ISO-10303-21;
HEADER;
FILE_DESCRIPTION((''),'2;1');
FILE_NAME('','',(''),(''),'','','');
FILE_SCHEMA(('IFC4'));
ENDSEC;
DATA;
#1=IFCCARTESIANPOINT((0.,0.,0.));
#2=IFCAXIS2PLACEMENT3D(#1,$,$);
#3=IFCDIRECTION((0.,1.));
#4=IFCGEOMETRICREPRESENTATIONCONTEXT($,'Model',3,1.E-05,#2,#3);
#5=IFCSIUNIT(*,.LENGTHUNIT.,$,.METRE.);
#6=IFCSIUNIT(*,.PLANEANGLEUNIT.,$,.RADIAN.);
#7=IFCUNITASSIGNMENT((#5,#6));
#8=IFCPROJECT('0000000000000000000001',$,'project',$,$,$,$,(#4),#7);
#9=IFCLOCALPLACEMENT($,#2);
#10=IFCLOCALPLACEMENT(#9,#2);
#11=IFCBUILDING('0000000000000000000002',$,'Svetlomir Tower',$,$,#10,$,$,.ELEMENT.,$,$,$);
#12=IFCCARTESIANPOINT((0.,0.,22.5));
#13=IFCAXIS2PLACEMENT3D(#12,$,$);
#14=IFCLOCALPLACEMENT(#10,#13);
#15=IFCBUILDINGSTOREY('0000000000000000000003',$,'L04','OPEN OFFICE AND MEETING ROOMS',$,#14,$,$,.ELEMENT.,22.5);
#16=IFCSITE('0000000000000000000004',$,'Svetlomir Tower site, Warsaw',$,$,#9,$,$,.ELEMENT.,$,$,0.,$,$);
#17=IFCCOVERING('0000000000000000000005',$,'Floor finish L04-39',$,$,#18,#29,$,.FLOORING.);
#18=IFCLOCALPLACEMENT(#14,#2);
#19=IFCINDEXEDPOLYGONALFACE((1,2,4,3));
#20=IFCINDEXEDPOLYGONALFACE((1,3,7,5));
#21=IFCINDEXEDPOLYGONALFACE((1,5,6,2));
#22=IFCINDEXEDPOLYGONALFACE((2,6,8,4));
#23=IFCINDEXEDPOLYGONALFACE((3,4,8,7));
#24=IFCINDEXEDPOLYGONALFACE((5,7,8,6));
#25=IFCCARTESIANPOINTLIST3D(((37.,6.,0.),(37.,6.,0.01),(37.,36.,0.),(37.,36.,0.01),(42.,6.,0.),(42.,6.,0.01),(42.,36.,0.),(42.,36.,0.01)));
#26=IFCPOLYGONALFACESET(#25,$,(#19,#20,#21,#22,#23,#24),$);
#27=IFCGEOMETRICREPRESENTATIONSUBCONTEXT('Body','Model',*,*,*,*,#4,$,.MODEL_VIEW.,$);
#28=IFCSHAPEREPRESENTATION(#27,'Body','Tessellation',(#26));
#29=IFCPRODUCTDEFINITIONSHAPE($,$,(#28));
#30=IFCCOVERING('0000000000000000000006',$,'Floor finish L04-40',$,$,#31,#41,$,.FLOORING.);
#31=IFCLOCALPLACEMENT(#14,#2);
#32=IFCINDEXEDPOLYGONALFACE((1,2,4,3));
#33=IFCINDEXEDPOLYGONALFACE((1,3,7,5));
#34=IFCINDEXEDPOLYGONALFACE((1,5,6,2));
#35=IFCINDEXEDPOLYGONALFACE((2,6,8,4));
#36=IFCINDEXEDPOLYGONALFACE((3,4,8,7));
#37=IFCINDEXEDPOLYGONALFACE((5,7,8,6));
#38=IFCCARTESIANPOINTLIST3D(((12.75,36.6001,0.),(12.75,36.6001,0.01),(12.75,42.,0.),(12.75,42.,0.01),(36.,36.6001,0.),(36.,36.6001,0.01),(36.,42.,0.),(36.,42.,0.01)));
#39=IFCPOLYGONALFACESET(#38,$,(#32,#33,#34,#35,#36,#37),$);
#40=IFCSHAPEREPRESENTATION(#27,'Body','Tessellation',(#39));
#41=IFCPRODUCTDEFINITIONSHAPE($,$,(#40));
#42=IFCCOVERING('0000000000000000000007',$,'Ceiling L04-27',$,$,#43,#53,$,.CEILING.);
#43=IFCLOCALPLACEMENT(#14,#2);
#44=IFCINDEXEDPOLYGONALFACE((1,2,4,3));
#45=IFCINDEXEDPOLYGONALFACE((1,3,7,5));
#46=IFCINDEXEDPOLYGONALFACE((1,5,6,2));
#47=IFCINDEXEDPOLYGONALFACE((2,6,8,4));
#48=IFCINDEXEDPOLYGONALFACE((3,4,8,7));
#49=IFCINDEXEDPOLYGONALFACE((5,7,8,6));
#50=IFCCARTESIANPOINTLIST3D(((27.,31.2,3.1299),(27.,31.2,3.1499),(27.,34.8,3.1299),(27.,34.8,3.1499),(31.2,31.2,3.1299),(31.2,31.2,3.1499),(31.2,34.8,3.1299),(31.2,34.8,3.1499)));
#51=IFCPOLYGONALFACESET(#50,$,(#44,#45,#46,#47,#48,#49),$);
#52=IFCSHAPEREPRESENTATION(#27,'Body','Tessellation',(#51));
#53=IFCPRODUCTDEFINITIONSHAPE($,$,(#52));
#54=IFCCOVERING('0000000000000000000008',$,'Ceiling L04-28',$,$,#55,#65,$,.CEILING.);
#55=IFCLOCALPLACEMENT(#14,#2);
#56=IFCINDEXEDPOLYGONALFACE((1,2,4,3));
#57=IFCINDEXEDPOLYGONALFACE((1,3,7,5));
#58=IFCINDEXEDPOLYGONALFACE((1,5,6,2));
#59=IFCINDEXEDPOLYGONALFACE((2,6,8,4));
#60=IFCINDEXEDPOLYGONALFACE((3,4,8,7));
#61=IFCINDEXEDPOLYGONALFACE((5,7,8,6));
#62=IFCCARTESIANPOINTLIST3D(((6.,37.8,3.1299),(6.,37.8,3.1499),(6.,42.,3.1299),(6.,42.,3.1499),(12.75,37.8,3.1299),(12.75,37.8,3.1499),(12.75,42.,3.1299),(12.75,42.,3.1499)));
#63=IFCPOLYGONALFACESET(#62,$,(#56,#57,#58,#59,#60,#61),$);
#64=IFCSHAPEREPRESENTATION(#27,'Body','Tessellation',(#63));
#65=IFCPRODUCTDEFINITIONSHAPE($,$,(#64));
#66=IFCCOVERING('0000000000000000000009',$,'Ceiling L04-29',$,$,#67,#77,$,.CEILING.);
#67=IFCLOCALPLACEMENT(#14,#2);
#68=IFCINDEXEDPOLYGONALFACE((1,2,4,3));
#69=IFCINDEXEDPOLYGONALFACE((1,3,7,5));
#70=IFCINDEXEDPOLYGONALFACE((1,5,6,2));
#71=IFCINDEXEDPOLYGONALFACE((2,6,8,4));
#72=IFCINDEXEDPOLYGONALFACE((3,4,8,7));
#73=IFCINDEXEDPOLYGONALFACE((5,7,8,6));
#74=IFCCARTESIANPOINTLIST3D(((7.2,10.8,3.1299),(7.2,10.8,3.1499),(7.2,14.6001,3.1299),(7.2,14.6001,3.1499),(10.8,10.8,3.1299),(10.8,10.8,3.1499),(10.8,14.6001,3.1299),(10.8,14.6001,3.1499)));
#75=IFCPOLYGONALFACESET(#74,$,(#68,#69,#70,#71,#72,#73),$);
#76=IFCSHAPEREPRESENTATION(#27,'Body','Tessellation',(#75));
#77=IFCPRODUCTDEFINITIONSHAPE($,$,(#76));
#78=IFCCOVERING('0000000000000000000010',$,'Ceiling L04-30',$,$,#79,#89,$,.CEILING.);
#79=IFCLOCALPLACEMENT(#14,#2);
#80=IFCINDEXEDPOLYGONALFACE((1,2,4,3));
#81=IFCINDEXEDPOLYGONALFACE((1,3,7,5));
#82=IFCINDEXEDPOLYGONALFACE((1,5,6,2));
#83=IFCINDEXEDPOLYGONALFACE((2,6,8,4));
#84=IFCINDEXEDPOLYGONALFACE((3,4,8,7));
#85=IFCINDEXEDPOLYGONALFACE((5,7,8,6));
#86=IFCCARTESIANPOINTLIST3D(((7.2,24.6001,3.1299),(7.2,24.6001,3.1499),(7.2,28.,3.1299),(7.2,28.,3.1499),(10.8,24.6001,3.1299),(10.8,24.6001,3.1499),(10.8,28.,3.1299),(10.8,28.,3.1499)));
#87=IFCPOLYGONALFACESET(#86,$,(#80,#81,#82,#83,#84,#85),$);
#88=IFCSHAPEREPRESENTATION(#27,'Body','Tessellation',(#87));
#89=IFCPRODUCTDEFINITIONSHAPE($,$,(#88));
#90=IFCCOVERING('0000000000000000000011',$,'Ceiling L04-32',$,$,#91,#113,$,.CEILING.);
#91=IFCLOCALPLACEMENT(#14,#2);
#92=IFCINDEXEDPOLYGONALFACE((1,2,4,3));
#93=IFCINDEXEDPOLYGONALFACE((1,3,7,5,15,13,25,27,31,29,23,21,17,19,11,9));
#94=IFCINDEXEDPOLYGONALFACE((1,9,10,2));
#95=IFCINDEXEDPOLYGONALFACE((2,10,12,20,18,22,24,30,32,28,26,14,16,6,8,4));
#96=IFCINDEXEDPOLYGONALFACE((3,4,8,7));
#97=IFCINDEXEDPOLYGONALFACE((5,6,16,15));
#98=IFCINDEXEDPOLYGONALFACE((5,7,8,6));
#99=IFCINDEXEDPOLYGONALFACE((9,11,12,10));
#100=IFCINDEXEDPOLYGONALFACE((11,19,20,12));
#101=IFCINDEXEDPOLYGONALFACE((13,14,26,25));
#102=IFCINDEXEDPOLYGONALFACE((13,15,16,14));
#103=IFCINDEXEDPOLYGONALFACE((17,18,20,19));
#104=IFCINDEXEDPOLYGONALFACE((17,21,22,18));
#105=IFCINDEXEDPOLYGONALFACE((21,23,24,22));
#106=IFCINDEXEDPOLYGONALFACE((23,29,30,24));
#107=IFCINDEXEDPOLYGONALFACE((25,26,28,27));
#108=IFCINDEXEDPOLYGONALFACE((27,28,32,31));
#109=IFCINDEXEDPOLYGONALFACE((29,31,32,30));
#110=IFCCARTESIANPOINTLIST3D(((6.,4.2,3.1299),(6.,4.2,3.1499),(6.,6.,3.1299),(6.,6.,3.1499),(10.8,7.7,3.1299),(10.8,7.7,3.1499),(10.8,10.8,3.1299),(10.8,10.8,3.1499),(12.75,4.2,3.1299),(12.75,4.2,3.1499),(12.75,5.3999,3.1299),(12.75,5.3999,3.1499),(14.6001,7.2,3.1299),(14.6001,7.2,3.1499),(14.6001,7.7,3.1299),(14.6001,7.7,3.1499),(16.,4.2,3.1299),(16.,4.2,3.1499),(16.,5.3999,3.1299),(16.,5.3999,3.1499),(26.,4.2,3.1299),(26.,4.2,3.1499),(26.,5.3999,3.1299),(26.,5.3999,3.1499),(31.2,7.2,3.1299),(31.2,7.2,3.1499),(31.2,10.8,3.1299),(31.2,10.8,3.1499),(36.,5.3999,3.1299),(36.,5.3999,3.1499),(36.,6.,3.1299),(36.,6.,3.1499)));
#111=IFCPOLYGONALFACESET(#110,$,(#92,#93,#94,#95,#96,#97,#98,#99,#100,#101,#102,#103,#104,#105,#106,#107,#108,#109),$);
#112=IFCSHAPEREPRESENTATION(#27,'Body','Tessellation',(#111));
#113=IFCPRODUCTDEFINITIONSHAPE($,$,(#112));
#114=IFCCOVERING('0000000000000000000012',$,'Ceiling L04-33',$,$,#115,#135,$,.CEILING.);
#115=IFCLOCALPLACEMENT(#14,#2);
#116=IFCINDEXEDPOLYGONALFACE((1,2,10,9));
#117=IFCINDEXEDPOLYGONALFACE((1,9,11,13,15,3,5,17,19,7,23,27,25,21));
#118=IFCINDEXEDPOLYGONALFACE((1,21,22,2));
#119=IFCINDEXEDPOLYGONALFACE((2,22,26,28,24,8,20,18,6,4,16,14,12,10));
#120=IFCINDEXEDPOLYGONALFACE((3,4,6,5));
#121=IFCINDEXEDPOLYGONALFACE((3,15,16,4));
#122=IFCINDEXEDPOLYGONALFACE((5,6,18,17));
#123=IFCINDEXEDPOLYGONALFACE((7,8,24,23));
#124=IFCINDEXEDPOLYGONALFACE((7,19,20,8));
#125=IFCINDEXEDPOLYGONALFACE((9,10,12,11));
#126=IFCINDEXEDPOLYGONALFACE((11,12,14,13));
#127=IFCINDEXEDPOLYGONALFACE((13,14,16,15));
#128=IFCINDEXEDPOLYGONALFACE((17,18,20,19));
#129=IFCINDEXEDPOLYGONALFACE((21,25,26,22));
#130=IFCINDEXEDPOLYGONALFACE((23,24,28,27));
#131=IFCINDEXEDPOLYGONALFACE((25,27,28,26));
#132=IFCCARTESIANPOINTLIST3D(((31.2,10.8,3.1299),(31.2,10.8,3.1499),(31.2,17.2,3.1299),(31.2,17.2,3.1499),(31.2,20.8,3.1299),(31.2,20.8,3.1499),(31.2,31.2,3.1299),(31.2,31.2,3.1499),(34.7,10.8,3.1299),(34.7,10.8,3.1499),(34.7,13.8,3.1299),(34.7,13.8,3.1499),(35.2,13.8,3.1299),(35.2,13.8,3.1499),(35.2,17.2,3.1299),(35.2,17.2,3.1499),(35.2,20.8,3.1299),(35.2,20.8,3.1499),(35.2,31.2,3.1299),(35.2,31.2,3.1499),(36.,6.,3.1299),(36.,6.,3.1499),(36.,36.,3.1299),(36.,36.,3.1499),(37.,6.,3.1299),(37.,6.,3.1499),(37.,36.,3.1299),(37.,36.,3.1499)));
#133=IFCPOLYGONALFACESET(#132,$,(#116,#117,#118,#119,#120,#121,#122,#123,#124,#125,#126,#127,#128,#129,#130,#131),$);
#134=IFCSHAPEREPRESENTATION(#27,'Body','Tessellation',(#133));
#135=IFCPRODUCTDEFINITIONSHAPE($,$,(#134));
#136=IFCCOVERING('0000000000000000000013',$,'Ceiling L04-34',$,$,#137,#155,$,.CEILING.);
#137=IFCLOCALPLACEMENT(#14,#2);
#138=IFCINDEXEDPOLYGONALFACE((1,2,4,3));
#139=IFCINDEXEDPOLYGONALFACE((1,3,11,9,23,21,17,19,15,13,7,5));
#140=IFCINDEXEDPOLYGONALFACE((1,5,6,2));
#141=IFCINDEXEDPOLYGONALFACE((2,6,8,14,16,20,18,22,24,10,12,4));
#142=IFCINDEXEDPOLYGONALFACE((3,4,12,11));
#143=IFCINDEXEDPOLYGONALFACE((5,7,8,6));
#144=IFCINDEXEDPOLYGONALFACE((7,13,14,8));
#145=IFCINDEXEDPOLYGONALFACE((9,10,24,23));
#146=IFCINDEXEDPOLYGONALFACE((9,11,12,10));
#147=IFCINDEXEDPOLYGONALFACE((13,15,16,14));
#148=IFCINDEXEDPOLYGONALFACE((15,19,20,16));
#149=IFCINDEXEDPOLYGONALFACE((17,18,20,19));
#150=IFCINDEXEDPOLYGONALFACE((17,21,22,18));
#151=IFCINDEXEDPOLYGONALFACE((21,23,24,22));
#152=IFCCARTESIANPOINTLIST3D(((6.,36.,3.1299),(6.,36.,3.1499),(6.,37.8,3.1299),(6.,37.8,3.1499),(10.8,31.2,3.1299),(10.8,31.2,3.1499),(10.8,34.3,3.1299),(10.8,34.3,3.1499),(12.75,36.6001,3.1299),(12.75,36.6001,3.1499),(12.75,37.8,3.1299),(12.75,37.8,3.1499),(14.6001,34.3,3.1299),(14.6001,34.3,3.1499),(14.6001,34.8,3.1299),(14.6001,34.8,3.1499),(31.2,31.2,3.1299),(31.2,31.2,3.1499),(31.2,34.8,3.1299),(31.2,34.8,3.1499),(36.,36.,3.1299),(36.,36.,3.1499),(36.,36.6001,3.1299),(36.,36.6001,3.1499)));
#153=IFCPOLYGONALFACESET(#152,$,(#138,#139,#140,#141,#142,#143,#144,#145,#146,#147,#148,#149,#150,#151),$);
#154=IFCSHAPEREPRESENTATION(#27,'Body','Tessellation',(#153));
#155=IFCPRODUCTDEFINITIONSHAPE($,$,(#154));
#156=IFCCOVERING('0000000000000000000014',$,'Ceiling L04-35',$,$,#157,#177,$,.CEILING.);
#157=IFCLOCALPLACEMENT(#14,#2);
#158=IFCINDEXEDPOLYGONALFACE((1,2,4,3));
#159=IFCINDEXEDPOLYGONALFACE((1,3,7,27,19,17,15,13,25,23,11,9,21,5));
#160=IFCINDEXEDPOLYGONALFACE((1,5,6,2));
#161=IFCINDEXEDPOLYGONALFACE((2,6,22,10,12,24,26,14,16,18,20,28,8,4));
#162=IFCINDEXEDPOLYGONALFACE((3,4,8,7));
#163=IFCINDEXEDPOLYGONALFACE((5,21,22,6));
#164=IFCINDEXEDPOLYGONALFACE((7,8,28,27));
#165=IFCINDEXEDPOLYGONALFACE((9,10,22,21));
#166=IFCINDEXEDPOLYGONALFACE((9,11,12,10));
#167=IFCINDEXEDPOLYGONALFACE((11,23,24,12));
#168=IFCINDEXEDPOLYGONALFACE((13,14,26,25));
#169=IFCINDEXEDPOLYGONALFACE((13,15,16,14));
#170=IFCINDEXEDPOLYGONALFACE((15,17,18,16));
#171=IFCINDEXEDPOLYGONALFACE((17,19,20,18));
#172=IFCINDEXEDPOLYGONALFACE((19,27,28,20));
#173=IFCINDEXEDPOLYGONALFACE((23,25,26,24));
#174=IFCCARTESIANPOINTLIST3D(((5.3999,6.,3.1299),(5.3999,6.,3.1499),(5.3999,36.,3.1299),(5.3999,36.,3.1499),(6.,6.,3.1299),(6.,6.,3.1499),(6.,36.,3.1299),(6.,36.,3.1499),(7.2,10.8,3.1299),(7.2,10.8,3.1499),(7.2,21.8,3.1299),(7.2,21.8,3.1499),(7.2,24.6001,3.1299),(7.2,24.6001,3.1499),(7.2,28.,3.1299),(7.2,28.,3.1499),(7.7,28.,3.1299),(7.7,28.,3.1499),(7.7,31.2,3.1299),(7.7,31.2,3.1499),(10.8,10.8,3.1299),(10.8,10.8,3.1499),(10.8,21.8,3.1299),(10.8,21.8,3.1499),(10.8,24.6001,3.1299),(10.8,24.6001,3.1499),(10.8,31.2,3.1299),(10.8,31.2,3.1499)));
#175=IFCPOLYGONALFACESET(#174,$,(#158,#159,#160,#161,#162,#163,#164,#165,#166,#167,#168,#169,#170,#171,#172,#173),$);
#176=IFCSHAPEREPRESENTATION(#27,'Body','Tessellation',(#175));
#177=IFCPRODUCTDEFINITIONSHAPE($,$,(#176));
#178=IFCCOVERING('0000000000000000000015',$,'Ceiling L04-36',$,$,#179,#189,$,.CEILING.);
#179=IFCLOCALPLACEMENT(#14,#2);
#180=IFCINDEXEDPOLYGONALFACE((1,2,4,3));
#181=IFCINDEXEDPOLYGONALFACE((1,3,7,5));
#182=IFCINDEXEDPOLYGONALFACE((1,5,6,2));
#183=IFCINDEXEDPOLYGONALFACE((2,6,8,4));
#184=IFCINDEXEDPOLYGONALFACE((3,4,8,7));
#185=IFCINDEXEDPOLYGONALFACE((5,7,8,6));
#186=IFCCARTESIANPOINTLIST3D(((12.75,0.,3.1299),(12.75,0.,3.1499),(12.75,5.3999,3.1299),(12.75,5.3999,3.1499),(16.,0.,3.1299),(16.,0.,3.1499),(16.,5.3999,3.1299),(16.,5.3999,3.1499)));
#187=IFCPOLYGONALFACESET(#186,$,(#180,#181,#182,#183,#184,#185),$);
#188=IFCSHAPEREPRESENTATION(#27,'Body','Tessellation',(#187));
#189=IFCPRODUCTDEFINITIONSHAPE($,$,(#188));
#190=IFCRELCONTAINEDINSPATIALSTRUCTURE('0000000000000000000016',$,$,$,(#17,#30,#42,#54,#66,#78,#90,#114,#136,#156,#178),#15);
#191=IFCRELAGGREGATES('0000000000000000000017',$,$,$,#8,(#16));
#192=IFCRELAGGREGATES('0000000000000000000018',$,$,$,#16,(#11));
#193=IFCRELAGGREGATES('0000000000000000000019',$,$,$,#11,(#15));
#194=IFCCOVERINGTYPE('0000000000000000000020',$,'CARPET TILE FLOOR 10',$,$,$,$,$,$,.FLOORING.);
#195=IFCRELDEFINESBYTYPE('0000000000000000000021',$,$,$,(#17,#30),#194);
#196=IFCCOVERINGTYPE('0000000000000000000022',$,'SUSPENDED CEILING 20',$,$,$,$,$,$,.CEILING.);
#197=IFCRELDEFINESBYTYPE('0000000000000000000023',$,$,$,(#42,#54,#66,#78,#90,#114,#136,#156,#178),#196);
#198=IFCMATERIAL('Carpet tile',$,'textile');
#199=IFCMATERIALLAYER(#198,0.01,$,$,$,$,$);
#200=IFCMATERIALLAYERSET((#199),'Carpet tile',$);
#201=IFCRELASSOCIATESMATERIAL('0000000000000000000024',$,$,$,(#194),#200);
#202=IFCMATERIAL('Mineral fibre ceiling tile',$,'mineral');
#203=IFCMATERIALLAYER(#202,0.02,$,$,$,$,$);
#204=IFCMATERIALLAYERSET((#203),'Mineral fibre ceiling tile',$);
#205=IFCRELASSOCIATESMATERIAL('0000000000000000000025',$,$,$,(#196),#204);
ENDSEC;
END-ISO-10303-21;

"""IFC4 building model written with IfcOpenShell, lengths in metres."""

from ifc_helpers import new_model, si_unit, direction, frame, origin, place, context, subcontext, project, spatial, polyline, outline, extrude, material, layer, layer_set, type_object, element, save


model = new_model("IFC4")

# Units and contexts
model_context = context("Model", 3, precision=1e-05, world=origin(), true_north=direction((0.0, 1.0)))
body_context = subcontext(model_context, "Body", "Model", "MODEL_VIEW")
ifc_project = project(units=[si_unit("LENGTHUNIT", "METRE"), si_unit("PLANEANGLEUNIT", "RADIAN")], contexts=[model_context])

# Site, building, storey
site_placement = place(None, origin())
site = spatial("IfcSite", under=ifc_project, at=site_placement, Name="Svetlomir Tower site, Warsaw", CompositionType="ELEMENT", RefElevation=0.0)
building_placement = place(site_placement, origin())
building = spatial("IfcBuilding", under=site, at=building_placement, Name="Svetlomir Tower", CompositionType="ELEMENT")
storey_placement = place(building_placement, frame((0.0, 0.0, 22.5)))
storey = spatial("IfcBuildingStorey", under=building, at=storey_placement, Name="L04", Description="OPEN OFFICE AND MEETING ROOMS", CompositionType="ELEMENT", Elevation=22.5)

# Coverings
ifc_material_1 = material(Name="Carpet tile", Category="textile")
ifc_layer_1 = layer(ifc_material_1, 0.01)
ifc_layer_set_1 = layer_set([ifc_layer_1], Name="Carpet tile")
covering_type_1 = type_object("IfcCoveringType", Name="CARPET TILE FLOOR 10", PredefinedType="FLOORING", material=ifc_layer_set_1)
covering_1_placement = place(storey_placement, origin())
element("IfcCovering", 1, at=covering_1_placement, inside=storey, type_object=covering_type_1, Name="Floor finish L04-39", PredefinedType="FLOORING", context=body_context, shape_type="SweptSolid", body=[
    extrude(outline(polyline([(42.0, 6.0), (37.0, 6.0), (37.0, 36.0), (42.0, 36.0), (42.0, 6.0)])), origin(), (0.0, 0.0, 1.0), 0.01),
])
covering_2_placement = place(storey_placement, origin())
element("IfcCovering", 2, at=covering_2_placement, inside=storey, type_object=covering_type_1, Name="Floor finish L04-40", PredefinedType="FLOORING", context=body_context, shape_type="SweptSolid", body=[
    extrude(outline(polyline([(36.0, 42.0), (36.0, 36.6001), (12.75, 36.6001), (12.75, 42.0), (36.0, 42.0)])), origin(), (0.0, 0.0, 1.0), 0.01),
])
ifc_material_2 = material(Name="Mineral fibre ceiling tile", Category="mineral")
ifc_layer_2 = layer(ifc_material_2, 0.02)
ifc_layer_set_2 = layer_set([ifc_layer_2], Name="Mineral fibre ceiling tile")
covering_type_2 = type_object("IfcCoveringType", Name="SUSPENDED CEILING 20", PredefinedType="CEILING", material=ifc_layer_set_2)
covering_3_placement = place(storey_placement, frame((0.0, 0.0, 3.1299)))
element("IfcCovering", 3, at=covering_3_placement, inside=storey, type_object=covering_type_2, Name="Ceiling L04-27", PredefinedType="CEILING", context=body_context, shape_type="SweptSolid", body=[
    extrude(outline(polyline([(27.0, 31.2), (31.2, 31.2), (31.2, 34.8), (27.0, 34.8), (27.0, 31.2)])), origin(), (0.0, 0.0, 1.0), 0.02),
])
covering_4_placement = place(storey_placement, frame((0.0, 0.0, 3.1299)))
element("IfcCovering", 4, at=covering_4_placement, inside=storey, type_object=covering_type_2, Name="Ceiling L04-28", PredefinedType="CEILING", context=body_context, shape_type="SweptSolid", body=[
    extrude(outline(polyline([(6.0, 37.8), (12.75, 37.8), (12.75, 42.0), (6.0, 42.0), (6.0, 37.8)])), origin(), (0.0, 0.0, 1.0), 0.02),
])
covering_5_placement = place(storey_placement, frame((0.0, 0.0, 3.1299)))
element("IfcCovering", 5, at=covering_5_placement, inside=storey, type_object=covering_type_2, Name="Ceiling L04-29", PredefinedType="CEILING", context=body_context, shape_type="SweptSolid", body=[
    extrude(outline(polyline([(7.2, 10.8), (10.8, 10.8), (10.8, 14.6001), (7.2, 14.6001), (7.2, 10.8)])), origin(), (0.0, 0.0, 1.0), 0.02),
])
covering_6_placement = place(storey_placement, frame((0.0, 0.0, 3.1299)))
element("IfcCovering", 6, at=covering_6_placement, inside=storey, type_object=covering_type_2, Name="Ceiling L04-30", PredefinedType="CEILING", context=body_context, shape_type="SweptSolid", body=[
    extrude(outline(polyline([(7.2, 24.6001), (10.8, 24.6001), (10.8, 28.0), (7.2, 28.0), (7.2, 24.6001)])), origin(), (0.0, 0.0, 1.0), 0.02),
])
covering_7_placement = place(storey_placement, frame((0.0, 0.0, 3.1299)))
element("IfcCovering", 7, at=covering_7_placement, inside=storey, type_object=covering_type_2, Name="Ceiling L04-32", PredefinedType="CEILING", context=body_context, shape_type="SweptSolid", body=[
    extrude(outline(polyline([(6.0, 4.2), (6.0, 6.0), (10.8, 10.8), (10.8, 7.7), (14.6001, 7.7), (14.6001, 7.2), (31.2, 7.2), (31.2, 10.8), (36.0, 6.0), (36.0, 5.3999), (26.0, 5.3999), (26.0, 4.2), (16.0, 4.2), (16.0, 5.3999), (12.75, 5.3999), (12.75, 4.2), (6.0, 4.2)])), origin(), (0.0, 0.0, 1.0), 0.02),
])
covering_8_placement = place(storey_placement, frame((0.0, 0.0, 3.1299)))
element("IfcCovering", 8, at=covering_8_placement, inside=storey, type_object=covering_type_2, Name="Ceiling L04-33", PredefinedType="CEILING", context=body_context, shape_type="SweptSolid", body=[
    extrude(outline(polyline([(31.2, 20.8), (35.2, 20.8), (35.2, 31.2), (31.2, 31.2), (36.0, 36.0), (37.0, 36.0), (37.0, 6.0), (36.0, 6.0), (31.2, 10.8), (34.7, 10.8), (34.7, 13.8), (35.2, 13.8), (35.2, 17.2), (31.2, 17.2), (31.2, 20.8)])), origin(), (0.0, 0.0, 1.0), 0.02),
])
covering_9_placement = place(storey_placement, frame((0.0, 0.0, 3.1299)))
element("IfcCovering", 9, at=covering_9_placement, inside=storey, type_object=covering_type_2, Name="Ceiling L04-34", PredefinedType="CEILING", context=body_context, shape_type="SweptSolid", body=[
    extrude(outline(polyline([(6.0, 37.8), (12.75, 37.8), (12.75, 36.6001), (36.0, 36.6001), (36.0, 36.0), (31.2, 31.2), (31.2, 34.8), (14.6001, 34.8), (14.6001, 34.3), (10.8, 34.3), (10.8, 31.2), (6.0, 36.0), (6.0, 37.8)])), origin(), (0.0, 0.0, 1.0), 0.02),
])
covering_10_placement = place(storey_placement, frame((0.0, 0.0, 3.1299)))
element("IfcCovering", 10, at=covering_10_placement, inside=storey, type_object=covering_type_2, Name="Ceiling L04-35", PredefinedType="CEILING", context=body_context, shape_type="SweptSolid", body=[
    extrude(outline(polyline([(5.3999, 6.0), (5.3999, 36.0), (6.0, 36.0), (10.8, 31.2), (7.7, 31.2), (7.7, 28.0), (7.2, 28.0), (7.2, 24.6001), (10.8, 24.6001), (10.8, 21.8), (7.2, 21.8), (7.2, 10.8), (10.8, 10.8), (6.0, 6.0), (5.3999, 6.0)])), origin(), (0.0, 0.0, 1.0), 0.02),
])
covering_11_placement = place(storey_placement, frame((0.0, 0.0, 3.1299)))
element("IfcCovering", 11, at=covering_11_placement, inside=storey, type_object=covering_type_2, Name="Ceiling L04-36", PredefinedType="CEILING", context=body_context, shape_type="SweptSolid", body=[
    extrude(outline(polyline([(12.75, 5.3999), (16.0, 5.3999), (16.0, 0.0), (12.75, 0.0), (12.75, 5.3999)])), origin(), (0.0, 0.0, 1.0), 0.02),
])

save(model, "model.ifc")
